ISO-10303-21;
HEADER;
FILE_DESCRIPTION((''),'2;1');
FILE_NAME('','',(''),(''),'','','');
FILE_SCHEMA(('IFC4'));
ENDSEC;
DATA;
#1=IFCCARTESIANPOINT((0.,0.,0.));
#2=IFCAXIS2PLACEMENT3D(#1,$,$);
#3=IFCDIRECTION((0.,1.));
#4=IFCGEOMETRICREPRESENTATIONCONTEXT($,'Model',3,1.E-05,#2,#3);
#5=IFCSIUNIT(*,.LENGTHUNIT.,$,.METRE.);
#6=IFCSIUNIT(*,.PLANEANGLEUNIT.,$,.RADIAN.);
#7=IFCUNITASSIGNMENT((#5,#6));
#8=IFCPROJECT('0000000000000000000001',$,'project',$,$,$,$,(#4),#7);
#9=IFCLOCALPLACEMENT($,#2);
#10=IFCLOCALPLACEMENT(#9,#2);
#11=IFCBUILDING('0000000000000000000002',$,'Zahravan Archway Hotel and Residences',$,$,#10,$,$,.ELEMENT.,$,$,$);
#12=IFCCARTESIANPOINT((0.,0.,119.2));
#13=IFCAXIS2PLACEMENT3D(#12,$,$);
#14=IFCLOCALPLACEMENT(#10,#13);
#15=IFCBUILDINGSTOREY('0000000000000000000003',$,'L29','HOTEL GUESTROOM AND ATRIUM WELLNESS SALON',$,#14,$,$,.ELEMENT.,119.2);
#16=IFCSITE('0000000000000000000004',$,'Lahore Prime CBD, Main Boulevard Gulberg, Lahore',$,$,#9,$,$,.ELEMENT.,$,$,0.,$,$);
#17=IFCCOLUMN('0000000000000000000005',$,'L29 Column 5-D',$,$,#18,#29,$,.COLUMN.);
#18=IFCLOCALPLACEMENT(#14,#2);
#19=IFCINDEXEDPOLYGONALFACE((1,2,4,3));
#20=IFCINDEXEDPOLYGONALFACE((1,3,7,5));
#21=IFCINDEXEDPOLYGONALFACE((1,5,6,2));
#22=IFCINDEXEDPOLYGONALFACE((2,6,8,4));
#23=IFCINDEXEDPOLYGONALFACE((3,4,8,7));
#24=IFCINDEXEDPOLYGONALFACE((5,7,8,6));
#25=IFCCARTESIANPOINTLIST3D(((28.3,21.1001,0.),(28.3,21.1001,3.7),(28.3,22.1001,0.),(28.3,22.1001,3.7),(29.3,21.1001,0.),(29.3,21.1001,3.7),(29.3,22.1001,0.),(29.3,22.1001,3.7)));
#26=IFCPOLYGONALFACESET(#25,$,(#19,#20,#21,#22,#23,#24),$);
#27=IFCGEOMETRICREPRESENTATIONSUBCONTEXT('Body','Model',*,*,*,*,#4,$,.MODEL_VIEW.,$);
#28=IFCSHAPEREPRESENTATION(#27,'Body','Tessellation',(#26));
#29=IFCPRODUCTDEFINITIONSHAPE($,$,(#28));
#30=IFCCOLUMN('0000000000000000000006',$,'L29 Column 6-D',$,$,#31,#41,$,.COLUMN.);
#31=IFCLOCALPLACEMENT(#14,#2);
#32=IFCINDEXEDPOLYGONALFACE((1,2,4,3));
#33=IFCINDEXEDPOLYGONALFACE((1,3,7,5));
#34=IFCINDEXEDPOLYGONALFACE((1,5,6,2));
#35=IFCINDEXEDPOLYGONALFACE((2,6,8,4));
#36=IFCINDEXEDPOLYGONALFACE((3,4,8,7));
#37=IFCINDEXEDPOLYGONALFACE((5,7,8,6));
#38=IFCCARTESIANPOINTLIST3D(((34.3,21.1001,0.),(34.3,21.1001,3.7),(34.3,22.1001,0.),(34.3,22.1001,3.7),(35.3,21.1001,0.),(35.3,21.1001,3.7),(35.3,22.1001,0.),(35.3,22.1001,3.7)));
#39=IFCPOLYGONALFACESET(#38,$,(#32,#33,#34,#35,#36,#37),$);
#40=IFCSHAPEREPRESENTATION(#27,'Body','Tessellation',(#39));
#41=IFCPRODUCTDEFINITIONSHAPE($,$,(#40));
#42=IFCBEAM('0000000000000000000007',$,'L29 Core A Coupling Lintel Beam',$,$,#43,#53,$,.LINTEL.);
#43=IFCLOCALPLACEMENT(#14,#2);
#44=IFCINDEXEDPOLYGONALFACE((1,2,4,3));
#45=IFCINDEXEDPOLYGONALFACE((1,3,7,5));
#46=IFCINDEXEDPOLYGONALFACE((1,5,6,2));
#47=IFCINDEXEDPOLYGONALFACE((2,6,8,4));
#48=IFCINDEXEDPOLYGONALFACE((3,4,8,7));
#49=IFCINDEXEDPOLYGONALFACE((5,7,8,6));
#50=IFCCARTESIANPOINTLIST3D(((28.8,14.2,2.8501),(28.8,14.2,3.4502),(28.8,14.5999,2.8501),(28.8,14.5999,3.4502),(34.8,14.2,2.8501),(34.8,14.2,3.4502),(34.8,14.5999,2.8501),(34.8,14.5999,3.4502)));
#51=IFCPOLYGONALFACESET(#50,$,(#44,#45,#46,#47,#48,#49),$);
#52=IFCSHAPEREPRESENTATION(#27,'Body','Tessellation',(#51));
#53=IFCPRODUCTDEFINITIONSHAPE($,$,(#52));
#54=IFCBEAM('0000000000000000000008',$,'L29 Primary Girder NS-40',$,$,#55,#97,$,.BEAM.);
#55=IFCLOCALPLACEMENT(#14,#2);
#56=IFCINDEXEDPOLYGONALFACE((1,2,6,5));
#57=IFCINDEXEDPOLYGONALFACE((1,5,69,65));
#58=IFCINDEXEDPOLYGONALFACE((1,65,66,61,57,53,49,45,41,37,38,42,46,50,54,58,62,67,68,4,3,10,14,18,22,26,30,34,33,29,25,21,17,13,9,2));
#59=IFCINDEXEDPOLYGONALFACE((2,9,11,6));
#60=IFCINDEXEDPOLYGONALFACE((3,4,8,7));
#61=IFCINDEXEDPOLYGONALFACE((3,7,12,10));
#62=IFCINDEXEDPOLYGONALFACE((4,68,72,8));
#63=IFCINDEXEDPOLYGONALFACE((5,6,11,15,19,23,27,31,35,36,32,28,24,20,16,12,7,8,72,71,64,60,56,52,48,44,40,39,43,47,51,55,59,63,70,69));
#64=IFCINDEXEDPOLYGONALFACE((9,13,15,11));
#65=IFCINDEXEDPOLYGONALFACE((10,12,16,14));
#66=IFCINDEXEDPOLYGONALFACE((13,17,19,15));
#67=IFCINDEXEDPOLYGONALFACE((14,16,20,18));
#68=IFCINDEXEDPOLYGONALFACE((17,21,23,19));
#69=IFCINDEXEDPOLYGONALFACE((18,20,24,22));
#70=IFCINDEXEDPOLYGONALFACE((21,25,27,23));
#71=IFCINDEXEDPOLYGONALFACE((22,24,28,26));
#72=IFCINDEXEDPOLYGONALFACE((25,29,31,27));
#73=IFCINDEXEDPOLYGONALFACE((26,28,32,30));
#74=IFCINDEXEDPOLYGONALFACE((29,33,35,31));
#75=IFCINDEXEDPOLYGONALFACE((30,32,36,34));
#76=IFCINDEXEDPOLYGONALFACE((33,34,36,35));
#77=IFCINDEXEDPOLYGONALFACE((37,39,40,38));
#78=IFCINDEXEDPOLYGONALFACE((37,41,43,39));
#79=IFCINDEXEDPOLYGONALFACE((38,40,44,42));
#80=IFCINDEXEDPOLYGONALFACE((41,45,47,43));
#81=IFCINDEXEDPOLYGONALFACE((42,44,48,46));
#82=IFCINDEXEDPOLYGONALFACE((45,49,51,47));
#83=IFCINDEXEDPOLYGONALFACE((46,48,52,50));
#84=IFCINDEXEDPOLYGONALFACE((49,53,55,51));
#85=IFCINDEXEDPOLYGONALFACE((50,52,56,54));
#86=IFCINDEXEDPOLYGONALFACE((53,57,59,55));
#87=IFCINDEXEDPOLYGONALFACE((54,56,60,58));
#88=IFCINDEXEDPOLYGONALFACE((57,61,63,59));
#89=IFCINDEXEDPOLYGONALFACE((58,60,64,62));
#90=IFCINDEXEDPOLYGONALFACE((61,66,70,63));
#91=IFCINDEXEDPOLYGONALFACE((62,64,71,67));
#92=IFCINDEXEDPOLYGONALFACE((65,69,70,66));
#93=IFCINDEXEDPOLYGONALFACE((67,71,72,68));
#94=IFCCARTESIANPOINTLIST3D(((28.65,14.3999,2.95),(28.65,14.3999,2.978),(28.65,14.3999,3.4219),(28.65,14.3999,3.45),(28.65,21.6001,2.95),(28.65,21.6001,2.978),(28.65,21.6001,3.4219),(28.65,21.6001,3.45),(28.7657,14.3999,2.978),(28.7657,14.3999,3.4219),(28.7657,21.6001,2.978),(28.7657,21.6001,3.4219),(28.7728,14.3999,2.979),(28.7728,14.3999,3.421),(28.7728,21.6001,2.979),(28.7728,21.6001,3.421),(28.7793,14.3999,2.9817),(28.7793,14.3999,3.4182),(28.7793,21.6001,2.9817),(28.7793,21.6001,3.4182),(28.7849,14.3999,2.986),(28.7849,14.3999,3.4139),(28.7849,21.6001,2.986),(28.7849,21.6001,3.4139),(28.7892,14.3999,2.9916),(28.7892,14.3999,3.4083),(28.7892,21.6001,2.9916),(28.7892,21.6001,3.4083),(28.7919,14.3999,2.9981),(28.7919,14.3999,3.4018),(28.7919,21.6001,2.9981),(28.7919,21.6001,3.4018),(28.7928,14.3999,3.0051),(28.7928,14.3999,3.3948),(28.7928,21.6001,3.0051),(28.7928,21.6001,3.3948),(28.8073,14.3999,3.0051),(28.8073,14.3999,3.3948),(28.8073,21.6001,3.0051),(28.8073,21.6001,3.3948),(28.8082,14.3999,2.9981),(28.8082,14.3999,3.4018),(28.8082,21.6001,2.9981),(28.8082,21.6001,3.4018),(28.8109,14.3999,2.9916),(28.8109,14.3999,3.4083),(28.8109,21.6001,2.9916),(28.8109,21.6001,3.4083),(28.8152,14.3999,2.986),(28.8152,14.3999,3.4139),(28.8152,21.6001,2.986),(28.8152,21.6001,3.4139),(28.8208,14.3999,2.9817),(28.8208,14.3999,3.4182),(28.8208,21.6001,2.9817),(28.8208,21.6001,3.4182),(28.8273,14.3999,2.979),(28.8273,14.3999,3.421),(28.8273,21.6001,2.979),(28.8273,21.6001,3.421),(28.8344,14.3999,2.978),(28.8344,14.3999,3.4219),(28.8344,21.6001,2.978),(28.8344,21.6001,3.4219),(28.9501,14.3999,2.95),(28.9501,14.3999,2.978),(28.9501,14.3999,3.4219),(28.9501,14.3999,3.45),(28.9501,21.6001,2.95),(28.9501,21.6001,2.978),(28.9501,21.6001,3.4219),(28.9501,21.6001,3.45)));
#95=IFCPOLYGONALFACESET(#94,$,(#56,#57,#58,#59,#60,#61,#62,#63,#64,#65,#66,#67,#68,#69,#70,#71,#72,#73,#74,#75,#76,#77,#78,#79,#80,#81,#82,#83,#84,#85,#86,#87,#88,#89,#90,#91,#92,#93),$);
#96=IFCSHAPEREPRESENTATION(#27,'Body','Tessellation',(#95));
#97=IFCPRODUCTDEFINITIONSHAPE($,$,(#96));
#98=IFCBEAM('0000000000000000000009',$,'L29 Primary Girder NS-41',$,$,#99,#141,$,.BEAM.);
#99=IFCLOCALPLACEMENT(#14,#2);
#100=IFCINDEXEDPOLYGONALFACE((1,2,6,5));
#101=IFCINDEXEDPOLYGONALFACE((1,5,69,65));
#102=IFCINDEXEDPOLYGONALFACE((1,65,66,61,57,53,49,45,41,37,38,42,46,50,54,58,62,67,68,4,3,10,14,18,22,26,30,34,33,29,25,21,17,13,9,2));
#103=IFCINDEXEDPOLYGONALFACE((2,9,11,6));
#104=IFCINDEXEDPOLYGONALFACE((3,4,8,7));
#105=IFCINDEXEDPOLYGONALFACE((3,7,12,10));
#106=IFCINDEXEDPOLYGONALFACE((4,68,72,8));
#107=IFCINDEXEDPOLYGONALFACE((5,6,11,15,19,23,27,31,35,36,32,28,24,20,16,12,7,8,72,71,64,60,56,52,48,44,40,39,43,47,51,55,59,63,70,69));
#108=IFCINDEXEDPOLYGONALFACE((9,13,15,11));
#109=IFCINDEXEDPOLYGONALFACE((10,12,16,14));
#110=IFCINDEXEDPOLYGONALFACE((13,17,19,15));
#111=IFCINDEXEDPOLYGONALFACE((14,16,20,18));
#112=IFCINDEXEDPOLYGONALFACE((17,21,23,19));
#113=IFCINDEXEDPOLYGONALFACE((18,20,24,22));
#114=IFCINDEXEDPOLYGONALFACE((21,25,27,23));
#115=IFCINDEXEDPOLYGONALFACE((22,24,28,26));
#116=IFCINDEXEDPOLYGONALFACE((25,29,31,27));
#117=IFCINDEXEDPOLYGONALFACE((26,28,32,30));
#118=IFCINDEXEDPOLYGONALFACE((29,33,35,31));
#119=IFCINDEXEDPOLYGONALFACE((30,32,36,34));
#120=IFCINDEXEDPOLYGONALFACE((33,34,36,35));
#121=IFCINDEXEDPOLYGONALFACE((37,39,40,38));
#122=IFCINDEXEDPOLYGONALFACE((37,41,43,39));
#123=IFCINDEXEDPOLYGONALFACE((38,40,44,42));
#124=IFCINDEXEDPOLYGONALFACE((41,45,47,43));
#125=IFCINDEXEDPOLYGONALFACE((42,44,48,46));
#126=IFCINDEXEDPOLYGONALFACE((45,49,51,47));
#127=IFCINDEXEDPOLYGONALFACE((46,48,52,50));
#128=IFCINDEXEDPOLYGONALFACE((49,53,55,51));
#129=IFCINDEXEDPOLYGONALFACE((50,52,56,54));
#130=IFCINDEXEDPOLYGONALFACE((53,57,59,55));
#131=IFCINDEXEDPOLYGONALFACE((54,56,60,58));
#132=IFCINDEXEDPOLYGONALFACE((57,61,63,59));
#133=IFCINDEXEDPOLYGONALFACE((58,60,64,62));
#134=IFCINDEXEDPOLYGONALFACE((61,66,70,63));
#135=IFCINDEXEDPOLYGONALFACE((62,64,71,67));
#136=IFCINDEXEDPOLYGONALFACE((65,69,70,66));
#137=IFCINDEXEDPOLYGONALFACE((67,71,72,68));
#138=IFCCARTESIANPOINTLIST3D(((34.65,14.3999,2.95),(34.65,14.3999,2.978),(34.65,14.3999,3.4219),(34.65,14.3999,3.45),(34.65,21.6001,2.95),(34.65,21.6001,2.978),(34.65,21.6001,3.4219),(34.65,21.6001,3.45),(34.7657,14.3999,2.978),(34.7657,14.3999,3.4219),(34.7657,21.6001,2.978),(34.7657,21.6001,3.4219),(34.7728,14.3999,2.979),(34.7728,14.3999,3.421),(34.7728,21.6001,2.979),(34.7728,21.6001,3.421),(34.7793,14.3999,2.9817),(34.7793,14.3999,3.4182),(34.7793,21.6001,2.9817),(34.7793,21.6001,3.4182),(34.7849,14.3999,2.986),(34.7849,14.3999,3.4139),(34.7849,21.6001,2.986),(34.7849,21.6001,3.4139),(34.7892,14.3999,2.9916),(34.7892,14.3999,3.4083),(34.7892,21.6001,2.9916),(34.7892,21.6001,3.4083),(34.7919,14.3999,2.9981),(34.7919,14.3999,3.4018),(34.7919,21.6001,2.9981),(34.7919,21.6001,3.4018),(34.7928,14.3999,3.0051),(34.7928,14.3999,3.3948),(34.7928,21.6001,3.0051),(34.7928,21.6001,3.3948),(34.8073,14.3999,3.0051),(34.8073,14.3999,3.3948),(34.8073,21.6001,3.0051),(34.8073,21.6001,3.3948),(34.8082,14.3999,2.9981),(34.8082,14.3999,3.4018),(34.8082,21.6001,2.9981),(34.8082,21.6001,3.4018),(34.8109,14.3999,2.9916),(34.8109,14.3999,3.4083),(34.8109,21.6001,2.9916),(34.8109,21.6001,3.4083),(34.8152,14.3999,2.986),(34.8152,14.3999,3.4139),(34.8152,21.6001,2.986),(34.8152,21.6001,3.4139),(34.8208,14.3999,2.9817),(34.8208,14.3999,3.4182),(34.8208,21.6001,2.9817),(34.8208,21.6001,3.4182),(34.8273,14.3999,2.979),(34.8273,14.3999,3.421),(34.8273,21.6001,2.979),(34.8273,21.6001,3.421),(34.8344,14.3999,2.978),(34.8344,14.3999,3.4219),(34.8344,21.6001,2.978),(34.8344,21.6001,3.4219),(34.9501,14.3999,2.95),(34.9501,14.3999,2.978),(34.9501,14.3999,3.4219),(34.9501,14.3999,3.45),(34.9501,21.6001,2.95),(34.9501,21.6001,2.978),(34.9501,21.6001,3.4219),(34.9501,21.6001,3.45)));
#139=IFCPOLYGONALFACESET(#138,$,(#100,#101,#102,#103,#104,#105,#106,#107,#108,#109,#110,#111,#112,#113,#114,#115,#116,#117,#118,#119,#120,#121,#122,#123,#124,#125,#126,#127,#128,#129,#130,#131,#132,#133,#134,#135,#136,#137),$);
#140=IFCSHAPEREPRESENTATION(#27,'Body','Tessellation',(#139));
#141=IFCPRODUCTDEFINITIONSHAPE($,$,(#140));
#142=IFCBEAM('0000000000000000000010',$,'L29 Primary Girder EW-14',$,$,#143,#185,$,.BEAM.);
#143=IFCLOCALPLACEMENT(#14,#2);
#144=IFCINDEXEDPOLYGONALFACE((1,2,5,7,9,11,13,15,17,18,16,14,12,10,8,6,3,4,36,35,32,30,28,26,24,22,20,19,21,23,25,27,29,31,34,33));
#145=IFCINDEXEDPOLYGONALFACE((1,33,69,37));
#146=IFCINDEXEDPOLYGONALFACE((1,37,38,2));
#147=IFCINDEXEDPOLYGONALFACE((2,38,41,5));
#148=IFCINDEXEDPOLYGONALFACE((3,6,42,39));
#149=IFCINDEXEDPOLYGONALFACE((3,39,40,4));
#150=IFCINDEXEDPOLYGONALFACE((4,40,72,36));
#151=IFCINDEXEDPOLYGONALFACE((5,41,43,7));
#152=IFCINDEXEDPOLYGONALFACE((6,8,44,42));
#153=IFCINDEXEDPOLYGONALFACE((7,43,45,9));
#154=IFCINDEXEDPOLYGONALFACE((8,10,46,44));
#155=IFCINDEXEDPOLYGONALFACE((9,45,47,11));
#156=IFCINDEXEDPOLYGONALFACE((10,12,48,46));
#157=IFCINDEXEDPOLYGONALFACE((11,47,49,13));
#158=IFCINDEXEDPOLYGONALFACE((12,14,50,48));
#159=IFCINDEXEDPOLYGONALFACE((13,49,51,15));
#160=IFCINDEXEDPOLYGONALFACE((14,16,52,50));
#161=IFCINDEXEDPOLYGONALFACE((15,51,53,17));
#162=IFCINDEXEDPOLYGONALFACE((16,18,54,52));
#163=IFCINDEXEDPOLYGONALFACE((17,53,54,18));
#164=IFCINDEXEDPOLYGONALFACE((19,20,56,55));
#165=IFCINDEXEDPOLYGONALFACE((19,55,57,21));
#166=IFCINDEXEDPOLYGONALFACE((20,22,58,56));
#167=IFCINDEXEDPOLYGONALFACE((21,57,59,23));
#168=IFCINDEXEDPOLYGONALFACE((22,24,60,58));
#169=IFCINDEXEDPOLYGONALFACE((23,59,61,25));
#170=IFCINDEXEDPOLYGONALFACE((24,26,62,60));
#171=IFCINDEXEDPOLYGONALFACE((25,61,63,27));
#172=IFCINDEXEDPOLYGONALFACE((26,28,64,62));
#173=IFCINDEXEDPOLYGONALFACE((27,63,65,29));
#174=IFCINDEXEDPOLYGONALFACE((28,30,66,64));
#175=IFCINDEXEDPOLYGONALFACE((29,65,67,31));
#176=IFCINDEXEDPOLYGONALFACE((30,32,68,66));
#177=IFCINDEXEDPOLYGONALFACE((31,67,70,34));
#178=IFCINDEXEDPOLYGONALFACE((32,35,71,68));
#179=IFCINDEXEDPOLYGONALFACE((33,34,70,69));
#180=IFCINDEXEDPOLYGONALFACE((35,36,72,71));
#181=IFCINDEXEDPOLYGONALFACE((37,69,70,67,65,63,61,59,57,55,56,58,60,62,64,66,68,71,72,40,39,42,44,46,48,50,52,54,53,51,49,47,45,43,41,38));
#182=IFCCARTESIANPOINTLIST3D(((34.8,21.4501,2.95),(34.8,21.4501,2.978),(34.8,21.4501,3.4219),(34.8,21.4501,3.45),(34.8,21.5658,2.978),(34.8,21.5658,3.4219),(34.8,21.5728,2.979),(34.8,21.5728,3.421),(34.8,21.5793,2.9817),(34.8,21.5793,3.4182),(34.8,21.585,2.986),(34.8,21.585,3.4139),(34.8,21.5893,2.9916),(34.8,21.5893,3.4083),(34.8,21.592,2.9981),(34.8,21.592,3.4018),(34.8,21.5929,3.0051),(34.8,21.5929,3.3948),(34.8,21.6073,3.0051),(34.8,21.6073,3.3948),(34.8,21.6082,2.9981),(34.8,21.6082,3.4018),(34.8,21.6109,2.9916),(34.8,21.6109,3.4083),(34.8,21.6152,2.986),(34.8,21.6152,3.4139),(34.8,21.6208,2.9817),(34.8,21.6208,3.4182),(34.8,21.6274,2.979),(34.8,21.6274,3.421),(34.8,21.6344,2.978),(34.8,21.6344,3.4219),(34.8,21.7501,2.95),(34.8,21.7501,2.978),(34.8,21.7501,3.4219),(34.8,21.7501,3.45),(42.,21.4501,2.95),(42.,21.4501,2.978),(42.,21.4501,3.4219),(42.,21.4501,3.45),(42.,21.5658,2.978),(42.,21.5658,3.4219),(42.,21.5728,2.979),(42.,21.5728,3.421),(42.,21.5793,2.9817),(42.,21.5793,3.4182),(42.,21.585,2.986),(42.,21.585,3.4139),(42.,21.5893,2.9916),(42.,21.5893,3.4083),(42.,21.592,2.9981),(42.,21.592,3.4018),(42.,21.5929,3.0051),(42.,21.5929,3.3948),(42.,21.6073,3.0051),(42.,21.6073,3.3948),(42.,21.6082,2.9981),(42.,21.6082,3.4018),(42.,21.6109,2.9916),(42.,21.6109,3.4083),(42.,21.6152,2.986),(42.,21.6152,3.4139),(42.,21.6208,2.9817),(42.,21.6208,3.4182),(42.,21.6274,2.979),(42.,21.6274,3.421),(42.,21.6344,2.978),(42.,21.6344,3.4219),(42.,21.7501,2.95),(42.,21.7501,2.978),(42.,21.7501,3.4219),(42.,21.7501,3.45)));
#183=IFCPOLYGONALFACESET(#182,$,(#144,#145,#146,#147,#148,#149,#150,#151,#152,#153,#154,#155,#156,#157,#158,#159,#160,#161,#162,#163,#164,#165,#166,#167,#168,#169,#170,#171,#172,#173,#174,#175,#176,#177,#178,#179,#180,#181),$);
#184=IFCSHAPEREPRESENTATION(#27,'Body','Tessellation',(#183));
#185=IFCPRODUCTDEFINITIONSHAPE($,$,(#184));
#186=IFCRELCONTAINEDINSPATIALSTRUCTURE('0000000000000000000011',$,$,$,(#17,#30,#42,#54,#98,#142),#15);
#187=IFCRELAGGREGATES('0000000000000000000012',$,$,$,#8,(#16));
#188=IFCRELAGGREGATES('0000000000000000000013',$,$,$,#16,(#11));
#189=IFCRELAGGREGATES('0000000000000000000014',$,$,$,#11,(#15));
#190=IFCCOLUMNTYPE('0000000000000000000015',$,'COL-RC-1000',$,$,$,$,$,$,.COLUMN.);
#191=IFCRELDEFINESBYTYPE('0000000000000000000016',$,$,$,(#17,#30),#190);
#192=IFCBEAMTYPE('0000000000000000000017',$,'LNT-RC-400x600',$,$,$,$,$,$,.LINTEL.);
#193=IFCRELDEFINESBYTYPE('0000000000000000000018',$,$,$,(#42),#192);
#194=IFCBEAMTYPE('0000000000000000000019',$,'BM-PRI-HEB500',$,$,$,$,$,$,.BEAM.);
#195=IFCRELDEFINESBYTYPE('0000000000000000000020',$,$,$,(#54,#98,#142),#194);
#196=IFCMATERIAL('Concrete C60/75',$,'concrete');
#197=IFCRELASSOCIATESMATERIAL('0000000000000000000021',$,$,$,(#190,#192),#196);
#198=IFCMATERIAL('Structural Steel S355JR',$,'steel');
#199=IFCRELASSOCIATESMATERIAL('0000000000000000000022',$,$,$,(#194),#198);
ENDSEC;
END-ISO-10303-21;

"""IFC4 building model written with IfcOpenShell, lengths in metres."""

from ifc_helpers import new_model, si_unit, direction, frame, origin, origin_2d, place, context, subcontext, project, spatial, rectangle, i_section, extrude, source, transform, mapped, material, material_profile, profile_set, type_object, type_shapes, element, save


model = new_model("IFC4")

# Units and contexts
model_context = context("Model", 3, precision=1e-05, world=origin(), true_north=direction((0.0, 1.0)))
body_context = subcontext(model_context, "Body", "Model", "MODEL_VIEW")
ifc_project = project(units=[si_unit("LENGTHUNIT", "METRE"), si_unit("PLANEANGLEUNIT", "RADIAN")], contexts=[model_context])

# Site, building, storey
site_placement = place(None, origin())
site = spatial("IfcSite", under=ifc_project, at=site_placement, Name="Lahore Prime CBD, Main Boulevard Gulberg, Lahore", CompositionType="ELEMENT", RefElevation=0.0)
building_placement = place(site_placement, origin())
building = spatial("IfcBuilding", under=site, at=building_placement, Name="Zahravan Archway Hotel and Residences", CompositionType="ELEMENT")
storey_placement = place(building_placement, frame((0.0, 0.0, 119.2)))
storey = spatial("IfcBuildingStorey", under=building, at=storey_placement, Name="L29", Description="HOTEL GUESTROOM AND ATRIUM WELLNESS SALON", CompositionType="ELEMENT", Elevation=119.2)

# Columns
ifc_material_1 = material(Name="Concrete C60/75", Category="concrete")
ifc_material_profile_1 = material_profile(ifc_material_1, rectangle(XDim=1.0, YDim=1.0, at=origin_2d()), Name="RC-COL-1000x1000", Category="concrete")
ifc_profile_set_1 = profile_set([ifc_material_profile_1], Name="Concrete C60/75")
column_type = type_object("IfcColumnType", Name="COL-RC-1000", PredefinedType="COLUMN", material=ifc_profile_set_1)
shared_shape_1 = source(origin(), body_context, "Body", "SweptSolid", [
    extrude(rectangle(XDim=1.0, YDim=1.0, at=origin_2d()), origin(), (0.0, 0.0, 1.0), 3.7),
])
type_shapes(column_type, [shared_shape_1])
for number, where, z_axis, x_axis, name in (
    (1, (28.8, 21.6001, 0.0), (0.0, 0.0, 1.0), (1.0, 0.0, 0.0), "L29 Column 5-D"),
    (2, (34.8, 21.6001, 0.0), (0.0, 0.0, 1.0), (1.0, 0.0, 0.0), "L29 Column 6-D"),
):
    element("IfcColumn", number, at=place(storey_placement, frame(where, z_axis=z_axis, x_axis=x_axis)), inside=storey, type_object=column_type, Name=name, PredefinedType="COLUMN", context=body_context, shape_type="MappedRepresentation", body=[
        mapped(shared_shape_1, transform((0.0, 0.0, 0.0), scale=1.0)),
    ])

# Beams
ifc_material_profile_2 = material_profile(ifc_material_1, rectangle(XDim=0.3999, YDim=0.6001, at=origin_2d()), Name="RC-LNT-400x600", Category="concrete")
ifc_profile_set_2 = profile_set([ifc_material_profile_2], Name="Concrete C60/75")
beam_type_1 = type_object("IfcBeamType", Name="LNT-RC-400x600", PredefinedType="LINTEL", material=ifc_profile_set_2)
shared_shape_2 = source(origin(), body_context, "Body", "SweptSolid", [
    extrude(rectangle(XDim=0.3999, YDim=0.6001, at=origin_2d()), origin(), (0.0, 0.0, 1.0), 6.0),
])
type_shapes(beam_type_1, [shared_shape_2])
beam_1_placement = place(storey_placement, frame((28.8, 14.3999, 3.1501), z_axis=(1.0, 0.0, 0.0), x_axis=(0.0, 1.0, 0.0)))
element("IfcBeam", 3, at=beam_1_placement, inside=storey, type_object=beam_type_1, Name="L29 Core A Coupling Lintel Beam", PredefinedType="LINTEL", context=body_context, shape_type="MappedRepresentation", body=[
    mapped(shared_shape_2, transform((0.0, 0.0, 0.0), scale=1.0)),
])
ifc_material_2 = material(Name="Structural Steel S355JR", Category="steel")
ifc_material_profile_3 = material_profile(ifc_material_2, i_section(OverallWidth=0.3, OverallDepth=0.5, WebThickness=0.0144, FlangeThickness=0.0281, FilletRadius=0.0271, at=origin_2d()), Name="HEB 500", Category="steel")
ifc_profile_set_3 = profile_set([ifc_material_profile_3], Name="Structural Steel S355JR")
beam_type_2 = type_object("IfcBeamType", Name="BM-PRI-HEB500", PredefinedType="BEAM", material=ifc_profile_set_3)
shared_shape_3 = source(origin(), body_context, "Body", "SweptSolid", [
    extrude(i_section(OverallWidth=0.3, OverallDepth=0.5, WebThickness=0.0144, FlangeThickness=0.0281, FilletRadius=0.0271, at=origin_2d()), origin(), (0.0, 0.0, 1.0), 7.2002),
])
type_shapes(beam_type_2, [shared_shape_3])
for number, where, z_axis, x_axis, name in (
    (4, (28.8, 14.3999, 3.2), (0.0, 1.0, 0.0), (-1.0, 0.0, 0.0), "L29 Primary Girder NS-40"),
    (5, (34.8, 14.3999, 3.2), (0.0, 1.0, 0.0), (-1.0, 0.0, 0.0), "L29 Primary Girder NS-41"),
):
    element("IfcBeam", number, at=place(storey_placement, frame(where, z_axis=z_axis, x_axis=x_axis)), inside=storey, type_object=beam_type_2, Name=name, PredefinedType="BEAM", context=body_context, shape_type="MappedRepresentation", body=[
        mapped(shared_shape_3, transform((0.0, 0.0, 0.0), scale=1.0)),
    ])
shared_shape_4 = source(origin(), body_context, "Body", "SweptSolid", [
    extrude(i_section(OverallWidth=0.3, OverallDepth=0.5, WebThickness=0.0144, FlangeThickness=0.0281, FilletRadius=0.0271, at=origin_2d()), origin(), (0.0, 0.0, 1.0), 7.2),
])
beam_2_placement = place(storey_placement, frame((34.8, 21.6001, 3.2), z_axis=(1.0, 0.0, 0.0), x_axis=(0.0, 1.0, 0.0)))
element("IfcBeam", 6, at=beam_2_placement, inside=storey, type_object=beam_type_2, Name="L29 Primary Girder EW-14", PredefinedType="BEAM", context=body_context, shape_type="MappedRepresentation", body=[
    mapped(shared_shape_4, transform((0.0, 0.0, 0.0), scale=1.0)),
])

save(model, "model.ifc")
